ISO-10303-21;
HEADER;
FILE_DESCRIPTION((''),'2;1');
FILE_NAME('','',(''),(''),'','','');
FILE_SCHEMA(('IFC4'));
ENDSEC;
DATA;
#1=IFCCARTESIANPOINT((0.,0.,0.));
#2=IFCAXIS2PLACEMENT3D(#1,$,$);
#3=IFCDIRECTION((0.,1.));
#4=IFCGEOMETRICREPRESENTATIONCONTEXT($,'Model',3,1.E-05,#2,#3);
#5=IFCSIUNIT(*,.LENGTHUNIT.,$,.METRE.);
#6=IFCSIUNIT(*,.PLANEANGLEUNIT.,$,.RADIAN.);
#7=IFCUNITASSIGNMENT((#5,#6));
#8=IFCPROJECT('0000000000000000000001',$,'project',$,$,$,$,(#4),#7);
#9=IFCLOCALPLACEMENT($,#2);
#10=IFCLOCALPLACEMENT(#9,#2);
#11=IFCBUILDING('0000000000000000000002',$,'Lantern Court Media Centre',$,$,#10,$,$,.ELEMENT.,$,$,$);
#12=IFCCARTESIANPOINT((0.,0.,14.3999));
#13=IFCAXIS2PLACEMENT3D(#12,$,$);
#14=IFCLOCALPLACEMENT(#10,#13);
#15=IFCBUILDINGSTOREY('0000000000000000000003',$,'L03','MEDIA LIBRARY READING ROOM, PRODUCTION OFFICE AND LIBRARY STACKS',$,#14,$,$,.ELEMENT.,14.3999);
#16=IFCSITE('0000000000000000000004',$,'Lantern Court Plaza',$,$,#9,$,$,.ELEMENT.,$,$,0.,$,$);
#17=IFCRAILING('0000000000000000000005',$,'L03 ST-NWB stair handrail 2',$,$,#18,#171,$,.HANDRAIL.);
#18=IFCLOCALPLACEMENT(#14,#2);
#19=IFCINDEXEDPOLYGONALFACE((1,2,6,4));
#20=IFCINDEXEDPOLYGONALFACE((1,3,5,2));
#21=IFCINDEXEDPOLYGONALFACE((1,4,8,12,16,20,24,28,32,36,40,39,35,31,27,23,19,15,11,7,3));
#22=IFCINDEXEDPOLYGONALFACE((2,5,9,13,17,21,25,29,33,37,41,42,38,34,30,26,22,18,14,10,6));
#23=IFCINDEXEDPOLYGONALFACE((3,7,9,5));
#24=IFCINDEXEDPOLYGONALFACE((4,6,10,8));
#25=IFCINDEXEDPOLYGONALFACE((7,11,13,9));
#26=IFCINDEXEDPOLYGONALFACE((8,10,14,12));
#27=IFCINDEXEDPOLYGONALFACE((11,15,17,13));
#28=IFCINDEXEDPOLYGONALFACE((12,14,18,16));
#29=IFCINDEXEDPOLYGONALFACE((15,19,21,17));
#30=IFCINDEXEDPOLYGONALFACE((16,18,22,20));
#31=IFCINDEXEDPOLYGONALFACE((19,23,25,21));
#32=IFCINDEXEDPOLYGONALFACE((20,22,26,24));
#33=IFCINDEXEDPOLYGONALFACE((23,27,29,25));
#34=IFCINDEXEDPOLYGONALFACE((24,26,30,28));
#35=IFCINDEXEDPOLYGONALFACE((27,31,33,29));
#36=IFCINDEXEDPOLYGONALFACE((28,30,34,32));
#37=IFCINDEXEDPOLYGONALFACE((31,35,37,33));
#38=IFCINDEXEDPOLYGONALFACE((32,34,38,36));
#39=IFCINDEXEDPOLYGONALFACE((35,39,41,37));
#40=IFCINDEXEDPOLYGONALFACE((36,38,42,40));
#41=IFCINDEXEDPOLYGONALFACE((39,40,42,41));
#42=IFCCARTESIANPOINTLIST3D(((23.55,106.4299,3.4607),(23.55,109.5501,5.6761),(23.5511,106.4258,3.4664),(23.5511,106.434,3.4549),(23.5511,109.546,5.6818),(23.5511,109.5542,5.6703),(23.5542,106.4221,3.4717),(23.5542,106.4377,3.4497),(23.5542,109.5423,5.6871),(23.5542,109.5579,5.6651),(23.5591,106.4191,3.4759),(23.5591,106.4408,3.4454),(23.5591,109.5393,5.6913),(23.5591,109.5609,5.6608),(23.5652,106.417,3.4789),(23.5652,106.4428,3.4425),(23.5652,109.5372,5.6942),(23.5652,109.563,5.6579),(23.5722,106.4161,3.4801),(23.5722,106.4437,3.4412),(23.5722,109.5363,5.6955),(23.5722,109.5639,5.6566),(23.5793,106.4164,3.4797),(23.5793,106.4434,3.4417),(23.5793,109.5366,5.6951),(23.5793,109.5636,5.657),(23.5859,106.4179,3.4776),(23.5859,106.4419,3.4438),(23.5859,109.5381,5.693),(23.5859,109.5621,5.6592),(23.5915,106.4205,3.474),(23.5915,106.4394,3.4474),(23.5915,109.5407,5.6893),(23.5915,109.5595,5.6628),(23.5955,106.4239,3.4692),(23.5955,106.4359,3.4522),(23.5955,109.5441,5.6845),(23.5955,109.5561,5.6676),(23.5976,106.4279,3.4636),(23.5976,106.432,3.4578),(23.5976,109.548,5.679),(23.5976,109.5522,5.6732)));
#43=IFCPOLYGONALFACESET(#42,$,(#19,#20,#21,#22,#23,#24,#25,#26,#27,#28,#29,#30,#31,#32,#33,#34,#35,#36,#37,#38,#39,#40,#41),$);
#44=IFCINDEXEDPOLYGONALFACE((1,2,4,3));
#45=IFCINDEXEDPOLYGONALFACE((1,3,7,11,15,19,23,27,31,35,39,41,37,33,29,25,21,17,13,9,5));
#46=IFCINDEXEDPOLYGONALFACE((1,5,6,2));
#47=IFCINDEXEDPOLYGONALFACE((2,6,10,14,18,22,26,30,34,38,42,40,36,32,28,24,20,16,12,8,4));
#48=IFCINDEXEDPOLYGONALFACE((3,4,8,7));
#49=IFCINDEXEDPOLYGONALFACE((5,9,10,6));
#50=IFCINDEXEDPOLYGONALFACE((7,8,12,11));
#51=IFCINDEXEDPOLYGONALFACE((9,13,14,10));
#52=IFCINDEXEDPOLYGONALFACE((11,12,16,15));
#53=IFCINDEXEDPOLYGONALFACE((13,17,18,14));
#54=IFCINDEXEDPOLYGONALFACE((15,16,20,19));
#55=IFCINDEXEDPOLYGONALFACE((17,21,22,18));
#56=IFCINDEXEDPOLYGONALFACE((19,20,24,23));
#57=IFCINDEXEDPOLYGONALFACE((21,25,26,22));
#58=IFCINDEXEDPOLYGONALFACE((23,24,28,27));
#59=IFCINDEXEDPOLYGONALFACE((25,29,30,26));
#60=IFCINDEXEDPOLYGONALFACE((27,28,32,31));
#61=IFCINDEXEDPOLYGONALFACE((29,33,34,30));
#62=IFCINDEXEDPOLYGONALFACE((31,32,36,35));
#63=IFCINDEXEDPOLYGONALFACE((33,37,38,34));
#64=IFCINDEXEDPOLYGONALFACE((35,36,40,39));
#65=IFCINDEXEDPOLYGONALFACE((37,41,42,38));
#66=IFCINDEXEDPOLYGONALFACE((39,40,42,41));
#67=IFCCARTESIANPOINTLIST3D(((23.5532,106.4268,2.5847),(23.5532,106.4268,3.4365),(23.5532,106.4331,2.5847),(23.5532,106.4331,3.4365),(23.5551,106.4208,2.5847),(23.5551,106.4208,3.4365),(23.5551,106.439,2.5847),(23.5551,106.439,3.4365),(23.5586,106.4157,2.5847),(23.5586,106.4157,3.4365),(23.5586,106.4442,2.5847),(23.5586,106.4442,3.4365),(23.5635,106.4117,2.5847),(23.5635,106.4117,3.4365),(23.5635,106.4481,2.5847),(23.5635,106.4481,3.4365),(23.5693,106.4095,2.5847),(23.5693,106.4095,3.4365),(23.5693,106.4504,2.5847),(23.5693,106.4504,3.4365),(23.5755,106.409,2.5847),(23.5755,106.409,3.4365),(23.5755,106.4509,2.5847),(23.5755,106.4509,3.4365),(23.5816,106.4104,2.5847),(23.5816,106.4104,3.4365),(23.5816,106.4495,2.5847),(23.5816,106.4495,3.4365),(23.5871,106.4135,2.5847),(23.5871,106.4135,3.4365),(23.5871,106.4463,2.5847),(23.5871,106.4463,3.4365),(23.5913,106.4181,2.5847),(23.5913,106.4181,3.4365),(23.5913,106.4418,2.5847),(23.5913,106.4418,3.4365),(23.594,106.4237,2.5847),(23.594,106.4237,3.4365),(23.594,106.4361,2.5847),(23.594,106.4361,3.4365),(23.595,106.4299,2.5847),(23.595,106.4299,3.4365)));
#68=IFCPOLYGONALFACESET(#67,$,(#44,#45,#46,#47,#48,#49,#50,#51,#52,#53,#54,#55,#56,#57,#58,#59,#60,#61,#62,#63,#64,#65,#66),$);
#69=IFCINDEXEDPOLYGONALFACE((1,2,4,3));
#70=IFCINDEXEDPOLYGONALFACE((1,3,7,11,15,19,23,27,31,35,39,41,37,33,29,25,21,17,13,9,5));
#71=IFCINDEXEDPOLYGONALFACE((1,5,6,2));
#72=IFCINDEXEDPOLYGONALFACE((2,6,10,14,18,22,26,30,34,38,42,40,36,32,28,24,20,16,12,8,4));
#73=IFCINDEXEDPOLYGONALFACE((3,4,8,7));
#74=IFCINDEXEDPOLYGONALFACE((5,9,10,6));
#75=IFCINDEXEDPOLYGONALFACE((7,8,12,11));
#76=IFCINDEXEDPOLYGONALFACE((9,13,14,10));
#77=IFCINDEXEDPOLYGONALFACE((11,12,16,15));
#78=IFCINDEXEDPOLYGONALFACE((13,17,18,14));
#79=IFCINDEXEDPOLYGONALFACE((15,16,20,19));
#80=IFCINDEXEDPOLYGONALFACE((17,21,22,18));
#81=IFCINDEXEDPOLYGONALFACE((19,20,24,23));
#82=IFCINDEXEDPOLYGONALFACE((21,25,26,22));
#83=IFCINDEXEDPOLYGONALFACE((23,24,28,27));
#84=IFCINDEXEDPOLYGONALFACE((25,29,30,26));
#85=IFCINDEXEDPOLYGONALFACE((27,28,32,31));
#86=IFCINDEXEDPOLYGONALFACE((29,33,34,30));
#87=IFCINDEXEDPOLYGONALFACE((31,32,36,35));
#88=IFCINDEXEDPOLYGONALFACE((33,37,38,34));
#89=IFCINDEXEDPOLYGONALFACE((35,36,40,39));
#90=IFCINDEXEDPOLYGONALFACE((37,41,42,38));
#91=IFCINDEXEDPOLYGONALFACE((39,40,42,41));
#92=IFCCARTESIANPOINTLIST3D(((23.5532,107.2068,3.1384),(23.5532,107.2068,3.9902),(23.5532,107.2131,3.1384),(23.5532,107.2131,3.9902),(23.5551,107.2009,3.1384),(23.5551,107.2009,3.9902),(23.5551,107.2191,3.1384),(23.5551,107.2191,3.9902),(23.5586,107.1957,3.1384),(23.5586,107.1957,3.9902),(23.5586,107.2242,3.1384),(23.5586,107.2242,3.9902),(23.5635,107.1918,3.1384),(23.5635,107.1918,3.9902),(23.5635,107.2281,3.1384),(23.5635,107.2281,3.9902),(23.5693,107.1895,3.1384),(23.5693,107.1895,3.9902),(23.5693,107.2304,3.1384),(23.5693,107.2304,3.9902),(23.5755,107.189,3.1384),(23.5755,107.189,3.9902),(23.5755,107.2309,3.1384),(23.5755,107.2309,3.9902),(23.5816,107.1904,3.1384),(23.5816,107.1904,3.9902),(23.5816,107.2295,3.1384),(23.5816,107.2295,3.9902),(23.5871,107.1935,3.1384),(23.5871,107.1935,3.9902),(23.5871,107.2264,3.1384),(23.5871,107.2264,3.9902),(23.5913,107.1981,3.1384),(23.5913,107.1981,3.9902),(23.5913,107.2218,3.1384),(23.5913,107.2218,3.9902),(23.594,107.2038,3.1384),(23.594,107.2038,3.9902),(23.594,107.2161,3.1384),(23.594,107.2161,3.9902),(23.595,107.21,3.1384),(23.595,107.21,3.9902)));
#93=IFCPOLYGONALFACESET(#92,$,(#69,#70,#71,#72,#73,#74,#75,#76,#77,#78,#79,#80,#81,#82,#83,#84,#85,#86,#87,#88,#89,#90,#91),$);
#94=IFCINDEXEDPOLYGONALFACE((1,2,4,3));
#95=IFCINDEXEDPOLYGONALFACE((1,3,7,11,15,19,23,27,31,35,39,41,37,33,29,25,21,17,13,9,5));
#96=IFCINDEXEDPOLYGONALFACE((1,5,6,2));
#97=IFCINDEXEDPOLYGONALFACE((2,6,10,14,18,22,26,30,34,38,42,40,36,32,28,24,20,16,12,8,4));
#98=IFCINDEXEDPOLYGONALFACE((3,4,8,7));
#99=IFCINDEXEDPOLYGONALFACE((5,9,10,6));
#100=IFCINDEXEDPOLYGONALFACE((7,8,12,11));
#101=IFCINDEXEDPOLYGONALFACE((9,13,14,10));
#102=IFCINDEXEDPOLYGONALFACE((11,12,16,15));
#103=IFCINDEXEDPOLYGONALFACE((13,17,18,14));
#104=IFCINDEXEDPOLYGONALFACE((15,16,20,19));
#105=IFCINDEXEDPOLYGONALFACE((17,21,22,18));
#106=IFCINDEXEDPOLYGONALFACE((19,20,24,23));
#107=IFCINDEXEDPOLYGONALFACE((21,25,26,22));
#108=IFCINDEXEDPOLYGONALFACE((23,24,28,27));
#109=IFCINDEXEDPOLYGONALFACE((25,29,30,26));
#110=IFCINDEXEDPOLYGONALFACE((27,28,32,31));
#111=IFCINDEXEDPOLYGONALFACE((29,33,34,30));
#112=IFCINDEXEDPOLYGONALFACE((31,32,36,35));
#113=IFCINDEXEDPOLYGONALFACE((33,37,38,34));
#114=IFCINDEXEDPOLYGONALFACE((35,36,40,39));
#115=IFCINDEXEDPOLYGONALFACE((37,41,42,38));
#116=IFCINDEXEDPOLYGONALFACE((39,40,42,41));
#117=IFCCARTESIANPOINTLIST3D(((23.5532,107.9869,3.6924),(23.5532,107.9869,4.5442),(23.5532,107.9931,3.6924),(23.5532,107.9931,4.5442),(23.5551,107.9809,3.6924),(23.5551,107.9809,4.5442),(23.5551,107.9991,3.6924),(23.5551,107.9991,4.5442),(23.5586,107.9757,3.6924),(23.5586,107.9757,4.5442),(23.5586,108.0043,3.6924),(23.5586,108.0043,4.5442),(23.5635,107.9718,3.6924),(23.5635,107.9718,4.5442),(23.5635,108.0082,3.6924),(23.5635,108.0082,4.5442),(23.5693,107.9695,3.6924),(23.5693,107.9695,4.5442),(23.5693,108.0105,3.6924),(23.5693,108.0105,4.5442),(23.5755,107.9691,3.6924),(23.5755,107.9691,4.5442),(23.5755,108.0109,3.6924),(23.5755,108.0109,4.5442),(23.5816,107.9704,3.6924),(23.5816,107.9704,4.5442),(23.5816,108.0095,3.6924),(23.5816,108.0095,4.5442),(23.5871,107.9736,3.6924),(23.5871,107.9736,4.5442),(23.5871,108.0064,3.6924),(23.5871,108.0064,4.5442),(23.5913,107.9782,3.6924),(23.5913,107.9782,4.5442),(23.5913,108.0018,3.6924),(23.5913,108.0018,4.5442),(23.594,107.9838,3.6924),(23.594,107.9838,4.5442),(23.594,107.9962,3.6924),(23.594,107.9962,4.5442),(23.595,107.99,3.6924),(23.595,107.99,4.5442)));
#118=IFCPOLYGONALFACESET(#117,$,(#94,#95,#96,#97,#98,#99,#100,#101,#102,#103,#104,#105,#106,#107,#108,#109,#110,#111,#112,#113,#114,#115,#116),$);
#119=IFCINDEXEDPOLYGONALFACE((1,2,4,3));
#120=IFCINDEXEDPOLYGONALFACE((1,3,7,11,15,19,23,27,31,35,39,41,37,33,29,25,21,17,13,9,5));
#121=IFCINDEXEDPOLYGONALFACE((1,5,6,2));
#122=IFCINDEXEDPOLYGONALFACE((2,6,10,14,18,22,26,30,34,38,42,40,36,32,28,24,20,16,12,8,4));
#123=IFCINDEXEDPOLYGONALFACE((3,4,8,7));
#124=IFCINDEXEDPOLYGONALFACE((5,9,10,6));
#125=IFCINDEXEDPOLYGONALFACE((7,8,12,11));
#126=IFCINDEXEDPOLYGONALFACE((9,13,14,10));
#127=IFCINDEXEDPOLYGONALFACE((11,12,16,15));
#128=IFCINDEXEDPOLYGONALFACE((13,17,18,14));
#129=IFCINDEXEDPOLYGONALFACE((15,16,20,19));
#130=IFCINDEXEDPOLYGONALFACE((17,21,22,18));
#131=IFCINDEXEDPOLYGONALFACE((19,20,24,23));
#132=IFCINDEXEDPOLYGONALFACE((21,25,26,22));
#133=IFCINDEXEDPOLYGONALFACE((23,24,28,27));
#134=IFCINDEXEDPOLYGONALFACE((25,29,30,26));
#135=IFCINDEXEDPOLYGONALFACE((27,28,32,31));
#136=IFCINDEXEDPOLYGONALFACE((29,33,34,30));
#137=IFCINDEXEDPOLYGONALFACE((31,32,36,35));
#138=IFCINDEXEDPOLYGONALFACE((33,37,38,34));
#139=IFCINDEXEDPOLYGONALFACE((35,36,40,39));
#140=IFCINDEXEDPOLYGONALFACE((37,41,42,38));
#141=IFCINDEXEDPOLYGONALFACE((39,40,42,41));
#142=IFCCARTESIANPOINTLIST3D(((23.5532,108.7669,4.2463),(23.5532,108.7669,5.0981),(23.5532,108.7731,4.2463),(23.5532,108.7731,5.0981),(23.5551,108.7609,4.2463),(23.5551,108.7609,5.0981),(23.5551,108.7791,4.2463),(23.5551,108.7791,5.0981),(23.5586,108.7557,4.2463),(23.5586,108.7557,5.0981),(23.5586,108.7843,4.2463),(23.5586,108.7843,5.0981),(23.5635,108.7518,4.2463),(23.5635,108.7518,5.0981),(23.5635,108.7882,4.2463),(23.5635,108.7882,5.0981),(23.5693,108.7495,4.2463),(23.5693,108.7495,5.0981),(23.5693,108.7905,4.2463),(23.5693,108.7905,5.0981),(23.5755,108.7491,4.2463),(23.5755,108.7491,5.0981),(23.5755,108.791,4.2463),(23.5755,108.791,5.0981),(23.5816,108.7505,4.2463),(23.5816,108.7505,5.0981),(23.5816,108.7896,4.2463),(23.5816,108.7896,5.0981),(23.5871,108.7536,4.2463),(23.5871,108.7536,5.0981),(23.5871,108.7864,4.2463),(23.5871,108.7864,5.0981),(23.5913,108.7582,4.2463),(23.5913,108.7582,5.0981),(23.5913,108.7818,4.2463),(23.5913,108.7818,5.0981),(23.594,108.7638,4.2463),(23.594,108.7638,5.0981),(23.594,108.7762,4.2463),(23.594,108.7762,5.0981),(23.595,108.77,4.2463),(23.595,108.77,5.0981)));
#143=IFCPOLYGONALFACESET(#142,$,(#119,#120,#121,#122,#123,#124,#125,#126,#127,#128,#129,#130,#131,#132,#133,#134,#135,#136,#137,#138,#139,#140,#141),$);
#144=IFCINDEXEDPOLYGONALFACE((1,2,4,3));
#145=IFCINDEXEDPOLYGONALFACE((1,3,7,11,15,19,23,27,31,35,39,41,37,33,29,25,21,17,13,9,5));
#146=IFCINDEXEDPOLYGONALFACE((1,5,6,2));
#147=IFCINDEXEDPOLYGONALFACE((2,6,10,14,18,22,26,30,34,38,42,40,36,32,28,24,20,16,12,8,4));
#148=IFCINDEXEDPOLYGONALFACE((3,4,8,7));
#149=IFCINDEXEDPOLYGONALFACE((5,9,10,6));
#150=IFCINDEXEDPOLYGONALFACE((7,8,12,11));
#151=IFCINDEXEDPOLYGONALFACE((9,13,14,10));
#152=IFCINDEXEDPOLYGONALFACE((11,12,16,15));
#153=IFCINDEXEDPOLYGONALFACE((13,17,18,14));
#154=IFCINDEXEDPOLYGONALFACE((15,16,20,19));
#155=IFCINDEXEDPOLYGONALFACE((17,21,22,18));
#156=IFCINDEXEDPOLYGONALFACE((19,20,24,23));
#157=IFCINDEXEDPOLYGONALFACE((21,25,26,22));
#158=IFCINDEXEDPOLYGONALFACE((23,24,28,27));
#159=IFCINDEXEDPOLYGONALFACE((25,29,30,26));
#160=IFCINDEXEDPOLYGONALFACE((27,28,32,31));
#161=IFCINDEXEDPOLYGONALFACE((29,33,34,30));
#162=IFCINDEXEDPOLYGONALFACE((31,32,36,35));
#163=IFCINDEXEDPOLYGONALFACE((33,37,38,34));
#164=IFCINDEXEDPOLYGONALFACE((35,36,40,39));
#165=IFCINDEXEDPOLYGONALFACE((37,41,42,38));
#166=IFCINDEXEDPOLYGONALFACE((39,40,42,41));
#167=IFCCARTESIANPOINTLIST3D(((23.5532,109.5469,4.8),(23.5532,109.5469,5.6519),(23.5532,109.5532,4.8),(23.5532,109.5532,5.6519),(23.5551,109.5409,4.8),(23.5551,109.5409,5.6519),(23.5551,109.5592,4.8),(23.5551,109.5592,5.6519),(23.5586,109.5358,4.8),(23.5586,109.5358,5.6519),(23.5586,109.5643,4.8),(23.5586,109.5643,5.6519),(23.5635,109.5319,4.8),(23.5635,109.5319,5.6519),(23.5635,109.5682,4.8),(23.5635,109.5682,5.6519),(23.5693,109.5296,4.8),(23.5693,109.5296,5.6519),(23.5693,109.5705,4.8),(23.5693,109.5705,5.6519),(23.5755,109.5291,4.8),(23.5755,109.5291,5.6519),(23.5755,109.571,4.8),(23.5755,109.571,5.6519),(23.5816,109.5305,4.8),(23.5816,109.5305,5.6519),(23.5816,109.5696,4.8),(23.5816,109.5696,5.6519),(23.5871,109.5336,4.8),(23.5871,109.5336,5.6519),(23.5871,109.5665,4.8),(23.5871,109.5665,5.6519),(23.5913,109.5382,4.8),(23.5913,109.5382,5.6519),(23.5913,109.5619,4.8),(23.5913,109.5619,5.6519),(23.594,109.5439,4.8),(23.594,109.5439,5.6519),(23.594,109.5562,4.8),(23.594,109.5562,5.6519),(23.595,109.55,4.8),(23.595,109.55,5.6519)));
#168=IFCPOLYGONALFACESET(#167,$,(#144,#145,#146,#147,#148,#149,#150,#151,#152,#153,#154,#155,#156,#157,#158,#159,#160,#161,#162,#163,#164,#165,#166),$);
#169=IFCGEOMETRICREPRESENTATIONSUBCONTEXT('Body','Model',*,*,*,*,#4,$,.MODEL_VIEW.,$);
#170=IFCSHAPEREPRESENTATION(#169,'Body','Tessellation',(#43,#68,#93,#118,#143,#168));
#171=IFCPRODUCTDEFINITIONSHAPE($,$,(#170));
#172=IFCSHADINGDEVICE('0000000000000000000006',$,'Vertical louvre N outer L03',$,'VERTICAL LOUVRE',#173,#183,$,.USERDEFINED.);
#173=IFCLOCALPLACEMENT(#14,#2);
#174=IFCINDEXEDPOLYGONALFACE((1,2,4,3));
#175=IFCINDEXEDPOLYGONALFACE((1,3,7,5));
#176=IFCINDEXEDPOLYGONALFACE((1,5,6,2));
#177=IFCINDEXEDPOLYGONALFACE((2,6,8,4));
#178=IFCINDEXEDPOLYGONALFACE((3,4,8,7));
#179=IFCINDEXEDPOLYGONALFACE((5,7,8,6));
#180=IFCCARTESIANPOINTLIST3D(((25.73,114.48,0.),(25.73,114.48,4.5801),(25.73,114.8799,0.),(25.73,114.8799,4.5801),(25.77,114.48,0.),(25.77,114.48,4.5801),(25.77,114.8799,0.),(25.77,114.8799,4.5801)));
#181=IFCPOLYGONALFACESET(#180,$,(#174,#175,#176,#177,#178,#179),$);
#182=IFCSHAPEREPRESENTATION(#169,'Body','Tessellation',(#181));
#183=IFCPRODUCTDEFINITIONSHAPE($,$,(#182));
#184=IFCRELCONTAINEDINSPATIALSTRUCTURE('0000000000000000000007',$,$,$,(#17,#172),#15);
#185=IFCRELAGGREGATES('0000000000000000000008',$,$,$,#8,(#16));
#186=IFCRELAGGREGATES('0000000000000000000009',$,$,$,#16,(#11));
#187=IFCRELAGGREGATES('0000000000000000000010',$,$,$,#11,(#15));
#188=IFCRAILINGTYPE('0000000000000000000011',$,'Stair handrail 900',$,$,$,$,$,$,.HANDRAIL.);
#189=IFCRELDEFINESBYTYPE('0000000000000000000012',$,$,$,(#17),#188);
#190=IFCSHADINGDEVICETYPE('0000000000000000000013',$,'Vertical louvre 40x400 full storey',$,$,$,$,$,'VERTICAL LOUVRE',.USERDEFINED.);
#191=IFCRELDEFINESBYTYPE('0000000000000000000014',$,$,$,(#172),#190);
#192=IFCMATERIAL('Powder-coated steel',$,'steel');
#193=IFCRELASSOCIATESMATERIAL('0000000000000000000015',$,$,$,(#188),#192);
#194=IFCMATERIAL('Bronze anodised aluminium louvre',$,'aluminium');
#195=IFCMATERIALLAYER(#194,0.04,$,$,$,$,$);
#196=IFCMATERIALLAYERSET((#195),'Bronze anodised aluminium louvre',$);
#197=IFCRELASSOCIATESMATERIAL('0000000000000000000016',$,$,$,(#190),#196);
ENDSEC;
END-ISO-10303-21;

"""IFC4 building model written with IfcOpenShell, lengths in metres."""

from ifc_helpers import new_model, si_unit, direction, frame, origin, origin_2d, place, context, subcontext, project, spatial, rectangle, circle, extrude, material, layer, layer_set, type_object, element, save


model = new_model("IFC4")

# Units and contexts
model_context = context("Model", 3, precision=1e-05, world=origin(), true_north=direction((0.0, 1.0)))
body_context = subcontext(model_context, "Body", "Model", "MODEL_VIEW")
ifc_project = project(units=[si_unit("LENGTHUNIT", "METRE"), si_unit("PLANEANGLEUNIT", "RADIAN")], contexts=[model_context])

# Site, building, storey
site_placement = place(None, origin())
site = spatial("IfcSite", under=ifc_project, at=site_placement, Name="Lantern Court Plaza", CompositionType="ELEMENT", RefElevation=0.0)
building_placement = place(site_placement, origin())
building = spatial("IfcBuilding", under=site, at=building_placement, Name="Lantern Court Media Centre", CompositionType="ELEMENT")
storey_placement = place(building_placement, frame((0.0, 0.0, 14.3999)))
storey = spatial("IfcBuildingStorey", under=building, at=storey_placement, Name="L03", Description="MEDIA LIBRARY READING ROOM, PRODUCTION OFFICE AND LIBRARY STACKS", CompositionType="ELEMENT", Elevation=14.3999)

# Shared definitions
ifc_material_1 = material(Name="Powder-coated steel", Category="steel")

# Railing
railing_type_1 = type_object("IfcRailingType", Name="Stair handrail 900", PredefinedType="HANDRAIL", material=ifc_material_1)
railing_1_placement = place(storey_placement, frame((23.574, 106.4299, 2.5847)))
element("IfcRailing", 1, at=railing_1_placement, inside=storey, type_object=railing_type_1, Name="L03 ST-NWB stair handrail 2", PredefinedType="HANDRAIL", context=body_context, shape_type="SweptSolid", body=[
    extrude(circle(Radius=0.0239, at=origin_2d()), frame((0.0, 0.0, 0.876), z_axis=(0.0, 0.815377, 0.57893), x_axis=(-1.0, 0.0, 0.0)), (0.0, 0.0, 1.0), 3.8267),
    extrude(circle(Radius=0.021, at=origin_2d()), origin(), (0.0, 0.0, 1.0), 0.8518),
    extrude(circle(Radius=0.021, at=origin_2d()), frame((0.0, 0.78, 0.5537)), (0.0, 0.0, 1.0), 0.8518),
    extrude(circle(Radius=0.021, at=origin_2d()), frame((0.0, 1.5601, 1.1077)), (0.0, 0.0, 1.0), 0.8518),
    extrude(circle(Radius=0.021, at=origin_2d()), frame((0.0, 2.3401, 1.6616)), (0.0, 0.0, 1.0), 0.8518),
    extrude(circle(Radius=0.021, at=origin_2d()), frame((0.0, 3.1201, 2.2153)), (0.0, 0.0, 1.0), 0.8518),
])

# Shading device
ifc_material_2 = material(Name="Bronze anodised aluminium louvre", Category="aluminium")
ifc_layer_1 = layer(ifc_material_2, 0.04)
ifc_layer_set_1 = layer_set([ifc_layer_1], Name="Bronze anodised aluminium louvre")
shading_device_type = type_object("IfcShadingDeviceType", Name="Vertical louvre 40x400 full storey", ElementType="VERTICAL LOUVRE", PredefinedType="USERDEFINED", material=ifc_layer_set_1)
shading_device_placement = place(storey_placement, frame((25.75, 114.6799, 0.0), z_axis=(0.0, 0.0, 1.0), x_axis=(1.0, 0.0, 0.0)))
element("IfcShadingDevice", 2, at=shading_device_placement, inside=storey, type_object=shading_device_type, Name="Vertical louvre N outer L03", ObjectType="VERTICAL LOUVRE", PredefinedType="USERDEFINED", context=body_context, shape_type="SweptSolid", body=[
    extrude(rectangle(XDim=0.04, YDim=0.3999, at=origin_2d()), origin(), (0.0, 0.0, 1.0), 4.5801),
])

save(model, "model.ifc")
